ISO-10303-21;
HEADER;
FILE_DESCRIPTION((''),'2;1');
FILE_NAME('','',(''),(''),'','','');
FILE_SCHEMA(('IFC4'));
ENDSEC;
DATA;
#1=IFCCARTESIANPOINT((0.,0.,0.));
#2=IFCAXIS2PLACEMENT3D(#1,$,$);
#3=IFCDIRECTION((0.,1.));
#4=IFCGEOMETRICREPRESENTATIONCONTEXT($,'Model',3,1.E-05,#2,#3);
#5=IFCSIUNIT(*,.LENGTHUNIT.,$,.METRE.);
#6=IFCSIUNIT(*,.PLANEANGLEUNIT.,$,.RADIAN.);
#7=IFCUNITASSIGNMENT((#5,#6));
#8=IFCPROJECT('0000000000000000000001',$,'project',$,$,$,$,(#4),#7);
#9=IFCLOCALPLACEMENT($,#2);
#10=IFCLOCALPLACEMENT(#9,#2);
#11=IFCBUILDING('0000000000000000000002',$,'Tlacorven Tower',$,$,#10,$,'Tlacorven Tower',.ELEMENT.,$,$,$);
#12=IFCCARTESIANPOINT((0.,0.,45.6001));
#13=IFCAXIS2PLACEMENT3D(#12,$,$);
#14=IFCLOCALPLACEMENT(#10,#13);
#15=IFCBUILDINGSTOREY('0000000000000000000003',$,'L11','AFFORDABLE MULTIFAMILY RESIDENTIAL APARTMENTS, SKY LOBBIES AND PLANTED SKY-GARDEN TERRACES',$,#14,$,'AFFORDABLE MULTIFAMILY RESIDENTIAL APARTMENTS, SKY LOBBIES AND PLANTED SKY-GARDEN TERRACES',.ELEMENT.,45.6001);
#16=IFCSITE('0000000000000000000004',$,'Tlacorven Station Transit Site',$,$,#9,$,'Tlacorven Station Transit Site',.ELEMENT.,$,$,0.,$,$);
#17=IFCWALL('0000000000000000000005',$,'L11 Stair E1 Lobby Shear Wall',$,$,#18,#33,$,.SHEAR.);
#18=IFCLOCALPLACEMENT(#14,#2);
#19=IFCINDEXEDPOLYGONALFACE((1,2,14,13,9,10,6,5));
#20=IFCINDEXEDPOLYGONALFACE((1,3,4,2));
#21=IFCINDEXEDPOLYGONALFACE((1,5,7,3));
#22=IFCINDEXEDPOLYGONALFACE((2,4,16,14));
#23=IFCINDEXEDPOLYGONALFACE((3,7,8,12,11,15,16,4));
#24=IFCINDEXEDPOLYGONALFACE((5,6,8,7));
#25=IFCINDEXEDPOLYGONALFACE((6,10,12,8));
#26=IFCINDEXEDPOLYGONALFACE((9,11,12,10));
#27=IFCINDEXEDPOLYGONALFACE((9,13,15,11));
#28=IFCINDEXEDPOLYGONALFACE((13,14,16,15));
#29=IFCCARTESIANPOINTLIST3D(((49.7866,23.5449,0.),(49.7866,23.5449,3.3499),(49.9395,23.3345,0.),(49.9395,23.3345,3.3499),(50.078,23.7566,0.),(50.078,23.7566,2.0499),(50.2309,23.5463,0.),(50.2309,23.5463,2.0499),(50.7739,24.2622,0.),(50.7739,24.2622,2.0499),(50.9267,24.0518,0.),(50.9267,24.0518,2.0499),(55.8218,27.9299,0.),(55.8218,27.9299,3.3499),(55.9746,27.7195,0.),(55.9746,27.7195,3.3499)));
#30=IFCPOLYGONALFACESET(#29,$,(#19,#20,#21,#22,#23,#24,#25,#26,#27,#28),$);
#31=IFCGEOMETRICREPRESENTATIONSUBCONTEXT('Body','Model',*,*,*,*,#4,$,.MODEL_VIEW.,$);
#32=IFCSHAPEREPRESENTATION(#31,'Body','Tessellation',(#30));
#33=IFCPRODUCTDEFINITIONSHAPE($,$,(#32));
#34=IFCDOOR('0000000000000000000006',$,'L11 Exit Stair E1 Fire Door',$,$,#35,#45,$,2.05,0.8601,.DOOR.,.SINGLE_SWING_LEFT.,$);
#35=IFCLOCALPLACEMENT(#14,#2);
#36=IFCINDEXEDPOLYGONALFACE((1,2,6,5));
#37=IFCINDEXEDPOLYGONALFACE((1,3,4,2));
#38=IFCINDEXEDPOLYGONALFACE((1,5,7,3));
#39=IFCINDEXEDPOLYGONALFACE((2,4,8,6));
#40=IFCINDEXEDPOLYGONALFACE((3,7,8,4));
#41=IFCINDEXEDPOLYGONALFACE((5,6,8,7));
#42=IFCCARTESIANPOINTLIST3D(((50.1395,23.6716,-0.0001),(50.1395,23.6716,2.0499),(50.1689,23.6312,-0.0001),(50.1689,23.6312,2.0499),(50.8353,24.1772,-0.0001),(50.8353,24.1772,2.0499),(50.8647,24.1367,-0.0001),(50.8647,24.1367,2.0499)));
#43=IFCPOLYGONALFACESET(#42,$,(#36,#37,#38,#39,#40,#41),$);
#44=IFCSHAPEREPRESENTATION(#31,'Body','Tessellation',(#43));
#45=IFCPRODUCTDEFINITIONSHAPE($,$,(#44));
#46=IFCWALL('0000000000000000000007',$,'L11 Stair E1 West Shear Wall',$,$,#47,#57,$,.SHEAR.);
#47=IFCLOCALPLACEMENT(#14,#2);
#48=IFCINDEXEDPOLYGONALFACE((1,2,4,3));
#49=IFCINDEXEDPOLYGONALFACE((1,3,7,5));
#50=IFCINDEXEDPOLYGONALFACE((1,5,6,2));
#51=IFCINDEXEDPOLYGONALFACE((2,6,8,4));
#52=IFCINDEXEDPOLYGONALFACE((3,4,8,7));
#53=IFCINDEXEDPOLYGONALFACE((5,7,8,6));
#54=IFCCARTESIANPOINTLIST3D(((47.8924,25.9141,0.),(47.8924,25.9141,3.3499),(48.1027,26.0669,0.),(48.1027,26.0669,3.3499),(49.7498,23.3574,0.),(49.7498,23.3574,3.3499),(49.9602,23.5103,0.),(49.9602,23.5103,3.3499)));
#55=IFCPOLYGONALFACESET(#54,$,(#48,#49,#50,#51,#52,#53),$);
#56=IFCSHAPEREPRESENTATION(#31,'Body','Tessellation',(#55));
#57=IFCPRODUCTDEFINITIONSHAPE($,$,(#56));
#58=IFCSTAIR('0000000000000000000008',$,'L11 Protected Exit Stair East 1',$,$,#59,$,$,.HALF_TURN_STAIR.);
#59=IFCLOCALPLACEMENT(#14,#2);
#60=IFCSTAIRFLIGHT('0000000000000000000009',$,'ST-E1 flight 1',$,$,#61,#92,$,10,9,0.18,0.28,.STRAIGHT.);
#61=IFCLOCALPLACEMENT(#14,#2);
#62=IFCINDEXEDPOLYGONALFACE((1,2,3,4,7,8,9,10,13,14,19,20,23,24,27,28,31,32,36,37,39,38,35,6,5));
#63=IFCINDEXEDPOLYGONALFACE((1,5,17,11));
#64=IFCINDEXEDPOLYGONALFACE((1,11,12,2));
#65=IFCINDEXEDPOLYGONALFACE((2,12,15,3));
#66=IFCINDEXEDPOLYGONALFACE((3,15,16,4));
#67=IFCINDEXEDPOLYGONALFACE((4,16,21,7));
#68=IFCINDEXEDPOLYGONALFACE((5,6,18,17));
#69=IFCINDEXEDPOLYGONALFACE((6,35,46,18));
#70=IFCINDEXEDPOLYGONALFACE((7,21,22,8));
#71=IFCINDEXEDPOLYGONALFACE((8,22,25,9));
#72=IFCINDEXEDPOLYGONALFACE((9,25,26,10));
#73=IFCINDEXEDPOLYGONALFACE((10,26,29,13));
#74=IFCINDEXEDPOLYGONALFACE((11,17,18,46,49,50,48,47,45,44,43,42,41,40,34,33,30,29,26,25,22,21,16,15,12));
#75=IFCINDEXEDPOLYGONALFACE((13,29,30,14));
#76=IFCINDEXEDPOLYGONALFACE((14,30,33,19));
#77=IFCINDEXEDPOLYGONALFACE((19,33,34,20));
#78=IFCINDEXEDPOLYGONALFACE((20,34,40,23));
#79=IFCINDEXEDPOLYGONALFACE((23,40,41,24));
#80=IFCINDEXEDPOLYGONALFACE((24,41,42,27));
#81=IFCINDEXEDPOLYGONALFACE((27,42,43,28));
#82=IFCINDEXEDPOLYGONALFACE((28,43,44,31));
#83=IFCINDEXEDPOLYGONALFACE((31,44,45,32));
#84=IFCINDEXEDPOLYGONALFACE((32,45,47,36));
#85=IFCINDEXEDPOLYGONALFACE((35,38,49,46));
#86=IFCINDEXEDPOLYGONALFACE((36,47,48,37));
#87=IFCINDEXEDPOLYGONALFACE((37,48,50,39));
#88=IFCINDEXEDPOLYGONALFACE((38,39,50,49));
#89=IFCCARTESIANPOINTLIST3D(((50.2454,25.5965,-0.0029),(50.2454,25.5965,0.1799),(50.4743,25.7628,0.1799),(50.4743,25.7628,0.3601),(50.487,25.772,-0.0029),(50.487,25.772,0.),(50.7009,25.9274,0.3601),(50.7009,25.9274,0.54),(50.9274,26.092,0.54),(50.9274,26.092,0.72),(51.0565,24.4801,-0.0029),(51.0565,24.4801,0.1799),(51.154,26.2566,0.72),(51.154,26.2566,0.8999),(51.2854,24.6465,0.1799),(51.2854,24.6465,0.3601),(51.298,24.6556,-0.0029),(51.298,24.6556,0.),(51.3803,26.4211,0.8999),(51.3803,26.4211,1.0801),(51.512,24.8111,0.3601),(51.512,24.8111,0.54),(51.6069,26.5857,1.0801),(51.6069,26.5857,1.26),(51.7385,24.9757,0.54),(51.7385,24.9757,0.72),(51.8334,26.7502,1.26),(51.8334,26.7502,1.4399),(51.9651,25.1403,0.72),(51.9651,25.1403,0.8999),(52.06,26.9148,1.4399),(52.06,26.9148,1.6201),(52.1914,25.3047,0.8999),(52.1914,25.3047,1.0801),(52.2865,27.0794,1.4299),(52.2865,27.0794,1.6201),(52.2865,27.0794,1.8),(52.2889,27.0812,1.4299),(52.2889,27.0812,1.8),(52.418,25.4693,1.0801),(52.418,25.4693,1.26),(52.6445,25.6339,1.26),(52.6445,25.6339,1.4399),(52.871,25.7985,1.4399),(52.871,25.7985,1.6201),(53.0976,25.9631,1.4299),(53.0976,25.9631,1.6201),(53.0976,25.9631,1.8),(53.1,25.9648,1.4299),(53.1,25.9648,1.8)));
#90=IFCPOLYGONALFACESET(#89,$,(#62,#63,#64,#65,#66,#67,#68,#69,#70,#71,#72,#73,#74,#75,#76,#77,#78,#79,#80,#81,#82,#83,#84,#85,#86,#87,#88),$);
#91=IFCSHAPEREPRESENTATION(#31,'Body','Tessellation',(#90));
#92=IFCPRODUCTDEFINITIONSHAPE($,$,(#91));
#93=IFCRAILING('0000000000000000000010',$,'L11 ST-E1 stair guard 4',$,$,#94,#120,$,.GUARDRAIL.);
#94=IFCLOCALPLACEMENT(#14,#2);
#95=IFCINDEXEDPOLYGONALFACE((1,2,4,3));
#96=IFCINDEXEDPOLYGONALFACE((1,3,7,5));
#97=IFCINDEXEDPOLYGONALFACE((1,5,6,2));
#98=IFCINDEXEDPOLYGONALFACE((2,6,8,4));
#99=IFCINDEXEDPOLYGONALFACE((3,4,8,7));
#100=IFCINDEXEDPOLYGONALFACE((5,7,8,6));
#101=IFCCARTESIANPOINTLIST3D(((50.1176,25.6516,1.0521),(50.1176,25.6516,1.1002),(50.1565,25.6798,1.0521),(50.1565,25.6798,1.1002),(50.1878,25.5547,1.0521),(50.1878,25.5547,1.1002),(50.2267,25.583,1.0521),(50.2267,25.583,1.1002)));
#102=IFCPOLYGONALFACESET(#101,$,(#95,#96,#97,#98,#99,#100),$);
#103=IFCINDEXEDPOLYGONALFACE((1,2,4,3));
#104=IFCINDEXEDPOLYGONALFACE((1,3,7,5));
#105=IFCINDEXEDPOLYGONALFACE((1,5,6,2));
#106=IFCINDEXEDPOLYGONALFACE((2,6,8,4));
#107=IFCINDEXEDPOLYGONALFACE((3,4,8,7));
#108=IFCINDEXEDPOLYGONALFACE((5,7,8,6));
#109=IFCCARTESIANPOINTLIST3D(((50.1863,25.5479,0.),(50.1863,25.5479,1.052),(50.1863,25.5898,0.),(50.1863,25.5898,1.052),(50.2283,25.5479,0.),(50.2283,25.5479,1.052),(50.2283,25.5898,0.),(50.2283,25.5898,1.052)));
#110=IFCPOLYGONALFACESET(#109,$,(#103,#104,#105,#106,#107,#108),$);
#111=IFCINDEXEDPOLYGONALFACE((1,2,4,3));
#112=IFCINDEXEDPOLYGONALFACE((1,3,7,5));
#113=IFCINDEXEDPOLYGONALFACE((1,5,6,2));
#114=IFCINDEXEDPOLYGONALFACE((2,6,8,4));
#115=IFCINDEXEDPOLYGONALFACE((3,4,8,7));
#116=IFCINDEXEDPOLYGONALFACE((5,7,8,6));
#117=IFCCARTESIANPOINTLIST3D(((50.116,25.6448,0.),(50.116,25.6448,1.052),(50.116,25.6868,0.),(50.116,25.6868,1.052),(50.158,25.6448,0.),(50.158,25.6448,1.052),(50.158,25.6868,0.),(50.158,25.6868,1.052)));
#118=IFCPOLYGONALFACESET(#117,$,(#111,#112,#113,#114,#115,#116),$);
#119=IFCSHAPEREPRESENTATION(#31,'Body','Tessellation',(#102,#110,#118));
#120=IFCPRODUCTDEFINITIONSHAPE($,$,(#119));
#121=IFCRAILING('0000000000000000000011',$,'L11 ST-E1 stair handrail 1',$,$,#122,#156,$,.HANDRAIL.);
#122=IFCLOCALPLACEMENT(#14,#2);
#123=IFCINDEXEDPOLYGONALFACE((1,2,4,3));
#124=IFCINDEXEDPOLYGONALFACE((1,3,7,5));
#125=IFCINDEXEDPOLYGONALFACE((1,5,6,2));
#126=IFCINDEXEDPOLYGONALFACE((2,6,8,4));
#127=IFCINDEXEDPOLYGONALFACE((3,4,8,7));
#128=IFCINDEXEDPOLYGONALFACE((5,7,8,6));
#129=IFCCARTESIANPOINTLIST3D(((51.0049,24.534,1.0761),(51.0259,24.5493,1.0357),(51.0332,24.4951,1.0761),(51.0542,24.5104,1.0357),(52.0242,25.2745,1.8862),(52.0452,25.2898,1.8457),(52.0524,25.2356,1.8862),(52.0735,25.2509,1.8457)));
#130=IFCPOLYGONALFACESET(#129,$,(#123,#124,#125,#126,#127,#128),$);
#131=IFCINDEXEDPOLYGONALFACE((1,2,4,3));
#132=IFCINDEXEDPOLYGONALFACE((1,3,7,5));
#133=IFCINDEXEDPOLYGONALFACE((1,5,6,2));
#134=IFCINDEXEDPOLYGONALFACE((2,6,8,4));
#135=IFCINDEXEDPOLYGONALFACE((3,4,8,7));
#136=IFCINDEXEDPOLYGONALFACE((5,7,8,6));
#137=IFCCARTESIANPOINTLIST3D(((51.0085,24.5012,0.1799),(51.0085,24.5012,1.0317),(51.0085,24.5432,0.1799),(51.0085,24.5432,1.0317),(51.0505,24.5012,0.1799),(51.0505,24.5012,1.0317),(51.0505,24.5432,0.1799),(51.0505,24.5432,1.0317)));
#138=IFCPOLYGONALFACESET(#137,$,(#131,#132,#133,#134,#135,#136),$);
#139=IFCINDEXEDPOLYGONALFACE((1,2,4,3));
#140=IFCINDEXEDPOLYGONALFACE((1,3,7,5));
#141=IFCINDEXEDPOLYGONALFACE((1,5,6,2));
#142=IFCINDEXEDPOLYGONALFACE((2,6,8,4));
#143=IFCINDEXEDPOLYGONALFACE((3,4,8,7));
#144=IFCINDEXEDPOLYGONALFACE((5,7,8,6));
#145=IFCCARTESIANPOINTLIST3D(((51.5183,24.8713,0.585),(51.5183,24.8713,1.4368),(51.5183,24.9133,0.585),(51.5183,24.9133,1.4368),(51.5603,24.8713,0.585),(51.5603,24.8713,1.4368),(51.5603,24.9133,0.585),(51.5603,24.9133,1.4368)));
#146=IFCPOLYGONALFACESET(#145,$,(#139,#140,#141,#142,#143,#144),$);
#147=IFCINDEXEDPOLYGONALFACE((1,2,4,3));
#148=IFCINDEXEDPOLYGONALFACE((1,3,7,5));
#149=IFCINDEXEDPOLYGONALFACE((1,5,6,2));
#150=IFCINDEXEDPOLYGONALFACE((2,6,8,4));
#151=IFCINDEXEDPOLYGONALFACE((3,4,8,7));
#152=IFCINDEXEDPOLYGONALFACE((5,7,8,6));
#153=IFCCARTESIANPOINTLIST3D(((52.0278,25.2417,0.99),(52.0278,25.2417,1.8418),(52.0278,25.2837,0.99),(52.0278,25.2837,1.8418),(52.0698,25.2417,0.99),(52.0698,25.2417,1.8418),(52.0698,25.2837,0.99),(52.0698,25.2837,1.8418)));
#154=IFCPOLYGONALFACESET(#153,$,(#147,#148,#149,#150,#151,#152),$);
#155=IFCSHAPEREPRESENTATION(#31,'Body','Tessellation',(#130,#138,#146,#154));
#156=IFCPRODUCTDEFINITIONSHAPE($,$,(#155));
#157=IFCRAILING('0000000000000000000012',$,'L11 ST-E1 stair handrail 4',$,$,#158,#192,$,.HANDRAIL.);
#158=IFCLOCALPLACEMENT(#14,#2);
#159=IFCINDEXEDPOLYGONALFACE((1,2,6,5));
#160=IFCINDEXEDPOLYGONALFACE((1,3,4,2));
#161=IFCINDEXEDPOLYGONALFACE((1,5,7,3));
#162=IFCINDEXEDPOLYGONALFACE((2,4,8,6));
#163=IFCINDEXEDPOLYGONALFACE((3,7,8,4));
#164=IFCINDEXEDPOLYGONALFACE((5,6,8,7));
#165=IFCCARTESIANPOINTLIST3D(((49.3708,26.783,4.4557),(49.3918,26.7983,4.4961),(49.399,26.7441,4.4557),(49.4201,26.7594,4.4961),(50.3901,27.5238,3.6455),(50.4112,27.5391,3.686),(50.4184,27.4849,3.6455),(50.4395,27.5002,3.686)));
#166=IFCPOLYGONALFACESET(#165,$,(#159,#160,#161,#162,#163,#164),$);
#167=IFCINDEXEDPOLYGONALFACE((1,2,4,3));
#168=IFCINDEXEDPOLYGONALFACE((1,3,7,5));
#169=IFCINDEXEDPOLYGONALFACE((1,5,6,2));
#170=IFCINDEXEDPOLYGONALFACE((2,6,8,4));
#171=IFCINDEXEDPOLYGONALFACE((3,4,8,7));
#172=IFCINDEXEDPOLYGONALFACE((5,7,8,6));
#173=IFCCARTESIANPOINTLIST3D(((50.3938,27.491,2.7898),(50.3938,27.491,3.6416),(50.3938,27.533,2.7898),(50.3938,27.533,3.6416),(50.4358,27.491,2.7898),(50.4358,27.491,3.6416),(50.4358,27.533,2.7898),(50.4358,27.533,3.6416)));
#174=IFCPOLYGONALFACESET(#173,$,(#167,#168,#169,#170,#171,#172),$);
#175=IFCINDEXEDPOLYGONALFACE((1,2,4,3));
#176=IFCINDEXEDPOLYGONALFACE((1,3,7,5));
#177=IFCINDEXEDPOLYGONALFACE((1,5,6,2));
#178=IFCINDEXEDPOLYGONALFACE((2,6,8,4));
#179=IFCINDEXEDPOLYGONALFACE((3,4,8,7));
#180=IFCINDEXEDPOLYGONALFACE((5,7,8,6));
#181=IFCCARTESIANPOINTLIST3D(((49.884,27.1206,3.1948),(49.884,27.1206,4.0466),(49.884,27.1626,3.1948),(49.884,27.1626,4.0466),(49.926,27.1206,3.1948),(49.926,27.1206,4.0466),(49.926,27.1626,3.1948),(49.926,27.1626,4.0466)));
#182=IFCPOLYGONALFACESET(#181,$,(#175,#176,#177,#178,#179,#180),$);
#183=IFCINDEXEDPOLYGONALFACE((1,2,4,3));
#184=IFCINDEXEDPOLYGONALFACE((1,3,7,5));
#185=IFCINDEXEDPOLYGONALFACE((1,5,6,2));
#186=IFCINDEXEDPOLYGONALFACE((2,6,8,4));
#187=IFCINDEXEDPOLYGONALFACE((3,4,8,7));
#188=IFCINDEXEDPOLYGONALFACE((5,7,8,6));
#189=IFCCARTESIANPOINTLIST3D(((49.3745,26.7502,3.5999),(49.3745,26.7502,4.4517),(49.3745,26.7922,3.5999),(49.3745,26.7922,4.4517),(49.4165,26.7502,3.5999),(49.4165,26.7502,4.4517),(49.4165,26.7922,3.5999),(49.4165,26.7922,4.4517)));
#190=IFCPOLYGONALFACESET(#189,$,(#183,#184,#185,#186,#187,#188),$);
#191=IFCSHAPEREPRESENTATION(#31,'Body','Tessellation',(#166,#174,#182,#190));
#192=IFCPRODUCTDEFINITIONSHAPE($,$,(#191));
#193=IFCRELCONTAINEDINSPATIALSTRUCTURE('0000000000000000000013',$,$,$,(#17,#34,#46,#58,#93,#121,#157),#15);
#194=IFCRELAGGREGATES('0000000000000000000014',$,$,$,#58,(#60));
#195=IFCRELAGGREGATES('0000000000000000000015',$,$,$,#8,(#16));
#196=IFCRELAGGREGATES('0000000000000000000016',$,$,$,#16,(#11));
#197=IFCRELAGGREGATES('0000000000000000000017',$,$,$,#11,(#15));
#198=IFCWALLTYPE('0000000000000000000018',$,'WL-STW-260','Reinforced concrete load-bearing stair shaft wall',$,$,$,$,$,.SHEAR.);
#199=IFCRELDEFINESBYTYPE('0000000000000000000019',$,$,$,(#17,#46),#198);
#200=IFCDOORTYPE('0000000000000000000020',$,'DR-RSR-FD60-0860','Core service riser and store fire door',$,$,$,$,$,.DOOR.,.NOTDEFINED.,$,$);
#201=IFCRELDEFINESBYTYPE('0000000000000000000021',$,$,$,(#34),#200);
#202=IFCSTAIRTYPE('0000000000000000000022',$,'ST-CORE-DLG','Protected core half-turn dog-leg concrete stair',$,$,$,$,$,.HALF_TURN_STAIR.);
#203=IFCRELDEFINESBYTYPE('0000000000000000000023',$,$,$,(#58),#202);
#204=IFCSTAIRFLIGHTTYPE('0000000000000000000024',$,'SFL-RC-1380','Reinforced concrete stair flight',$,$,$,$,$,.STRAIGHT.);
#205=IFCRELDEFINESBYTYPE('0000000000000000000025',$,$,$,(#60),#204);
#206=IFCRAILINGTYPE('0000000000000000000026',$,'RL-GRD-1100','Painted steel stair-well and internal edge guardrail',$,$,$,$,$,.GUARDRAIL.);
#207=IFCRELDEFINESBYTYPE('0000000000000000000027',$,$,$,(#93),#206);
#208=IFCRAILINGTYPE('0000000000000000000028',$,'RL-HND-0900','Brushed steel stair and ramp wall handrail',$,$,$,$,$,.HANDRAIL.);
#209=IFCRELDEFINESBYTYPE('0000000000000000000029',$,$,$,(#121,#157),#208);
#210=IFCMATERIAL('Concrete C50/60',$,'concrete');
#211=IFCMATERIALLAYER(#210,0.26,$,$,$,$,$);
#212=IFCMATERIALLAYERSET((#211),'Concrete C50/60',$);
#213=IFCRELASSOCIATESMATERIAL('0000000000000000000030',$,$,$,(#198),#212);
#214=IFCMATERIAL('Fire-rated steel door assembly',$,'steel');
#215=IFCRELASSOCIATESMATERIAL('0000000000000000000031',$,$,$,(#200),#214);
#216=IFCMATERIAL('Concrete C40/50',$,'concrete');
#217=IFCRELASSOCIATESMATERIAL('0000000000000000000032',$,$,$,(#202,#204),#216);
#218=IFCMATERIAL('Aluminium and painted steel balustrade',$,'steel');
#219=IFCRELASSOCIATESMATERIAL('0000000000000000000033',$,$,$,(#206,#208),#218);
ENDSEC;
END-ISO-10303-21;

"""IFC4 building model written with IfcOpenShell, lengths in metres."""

from ifc_helpers import new_model, si_unit, direction, frame, frame_2d, origin, origin_2d, place, context, subcontext, project, spatial, polyline, rectangle, outline, extrude, source, transform, mapped, material, layer, layer_set, type_object, element, fill, aggregate, save


model = new_model("IFC4")

# Units and contexts
model_context = context("Model", 3, precision=1e-05, world=origin(), true_north=direction((0.0, 1.0)))
body_context = subcontext(model_context, "Body", "Model", "MODEL_VIEW")
ifc_project = project(units=[si_unit("LENGTHUNIT", "METRE"), si_unit("PLANEANGLEUNIT", "RADIAN")], contexts=[model_context])

# Site, building, storey
site_placement = place(None, origin())
site = spatial("IfcSite", under=ifc_project, at=site_placement, Name="Tlacorven Station Transit Site", LongName="Tlacorven Station Transit Site", CompositionType="ELEMENT", RefElevation=0.0)
building_placement = place(site_placement, origin())
building = spatial("IfcBuilding", under=site, at=building_placement, Name="Tlacorven Tower", LongName="Tlacorven Tower", CompositionType="ELEMENT")
storey_placement = place(building_placement, frame((0.0, 0.0, 45.6001)))
storey = spatial("IfcBuildingStorey", under=building, at=storey_placement, Name="L11", Description="AFFORDABLE MULTIFAMILY RESIDENTIAL APARTMENTS, SKY LOBBIES AND PLANTED SKY-GARDEN TERRACES", LongName="AFFORDABLE MULTIFAMILY RESIDENTIAL APARTMENTS, SKY LOBBIES AND PLANTED SKY-GARDEN TERRACES", CompositionType="ELEMENT", Elevation=45.6001)

# Shared definitions
ifc_material_1 = material(Name="Concrete C40/50", Category="concrete")
ifc_material_2 = material(Name="Fire-rated steel door assembly", Category="steel")

# Shared definitions
ifc_material_3 = material(Name="Concrete C50/60", Category="concrete")
ifc_layer_1 = layer(ifc_material_3, 0.26)
ifc_layer_set_1 = layer_set([ifc_layer_1], Name="Concrete C50/60")
wall_type_1 = type_object("IfcWallType", Name="WL-STW-260", Description="Reinforced concrete load-bearing stair shaft wall", PredefinedType="SHEAR", material=ifc_layer_set_1)

# Wall, opening, door
wall_1_placement = place(storey_placement, frame((49.863, 23.4397, 0.0), z_axis=(0.0, 0.0, 1.0), x_axis=(0.809003, 0.587804, 0.0)))
wall_1 = element("IfcWall", 1, at=wall_1_placement, inside=storey, type_object=wall_type_1, Name="L11 Stair E1 Lobby Shear Wall", PredefinedType="SHEAR", context=body_context, shape_type="SweptSolid", body=[
    extrude(rectangle(XDim=7.46, YDim=0.26, at=frame_2d((3.73, 0.0))), origin(), (0.0, 0.0, 1.0), 3.3499),
])
opening_1_placement = place(wall_1_placement, frame((0.3601, 0.0, 0.0)))
opening_1 = element("IfcOpeningElement", 2, at=opening_1_placement, cuts=wall_1, PredefinedType="OPENING", context=body_context, shape_type="SweptSolid", body=[
    extrude(rectangle(XDim=0.8601, YDim=2.05, at=frame_2d((0.4302, 1.0249))), frame((0.0, 0.1401, 0.0), z_axis=(0.0, -1.0, 0.0), x_axis=(1.0, 0.0, 0.0)), (0.0, 0.0, 1.0), 0.28),
])
door_type_1 = type_object("IfcDoorType", Name="DR-RSR-FD60-0860", Description="Core service riser and store fire door", OperationType="NOTDEFINED", PredefinedType="DOOR", material=ifc_material_2)
shared_shape_1 = source(origin(), body_context, "Body", "SweptSolid", [
    extrude(rectangle(XDim=0.8601, YDim=2.05, at=frame_2d((0.4302, 1.0249))), frame((0.0, 0.0249, 0.0), z_axis=(0.0, -1.0, 0.0), x_axis=(1.0, 0.0, 0.0)), (0.0, 0.0, 1.0), 0.05),
])
door_1_placement = place(opening_1_placement, frame((0.8601, 0.0, 0.0), z_axis=(0.0, 0.0, 1.0), x_axis=(-1.0, 0.0, 0.0)))
door_1 = element("IfcDoor", 3, at=door_1_placement, inside=storey, type_object=door_type_1, Name="L11 Exit Stair E1 Fire Door", OperationType="SINGLE_SWING_LEFT", OverallHeight=2.05, OverallWidth=0.8601, PredefinedType="DOOR", context=body_context, shape_type="MappedRepresentation", body=[
    mapped(shared_shape_1, transform((0.0, 0.0, 0.0), scale=1.0)),
])
fill(opening_1, door_1)

# Wall
wall_2_placement = place(storey_placement, frame((49.855, 23.4338, 0.0), z_axis=(0.0, 0.0, 1.0), x_axis=(-0.587767, 0.80903, 0.0)))
element("IfcWall", 4, at=wall_2_placement, inside=storey, type_object=wall_type_1, Name="L11 Stair E1 West Shear Wall", PredefinedType="SHEAR", context=body_context, shape_type="SweptSolid", body=[
    extrude(rectangle(XDim=3.1602, YDim=0.26, at=frame_2d((1.5801, 0.0))), origin(), (0.0, 0.0, 1.0), 3.3499),
])

# Stair, stair flight
stair_type = type_object("IfcStairType", Name="ST-CORE-DLG", Description="Protected core half-turn dog-leg concrete stair", PredefinedType="HALF_TURN_STAIR", material=ifc_material_1)
stair_placement = place(storey_placement, origin())
stair = element("IfcStair", 5, at=stair_placement, inside=storey, type_object=stair_type, Name="L11 Protected Exit Stair East 1", PredefinedType="HALF_TURN_STAIR")
stair_flight_type = type_object("IfcStairFlightType", Name="SFL-RC-1380", Description="Reinforced concrete stair flight", PredefinedType="STRAIGHT", material=ifc_material_1)
shared_shape_2 = source(origin(), body_context, "Body", "SweptSolid", [
    extrude(outline(polyline([(-0.0029, -0.0029), (-0.0029, 0.1799), (0.28, 0.1799), (0.28, 0.3601), (0.5601, 0.3601), (0.5601, 0.54), (0.8401, 0.54), (0.8401, 0.72), (1.1201, 0.72), (1.1201, 0.8999), (1.3999, 0.8999), (1.3999, 1.0801), (1.6799, 1.0801), (1.6799, 1.26), (1.96, 1.26), (1.96, 1.4399), (2.24, 1.4399), (2.24, 1.6201), (2.52, 1.6201), (2.52, 1.8), (2.5229, 1.8), (2.5229, 1.4299), (2.52, 1.4299), (0.2957, 0.0), (0.2957, -0.0029), (-0.0029, -0.0029)])), frame((0.0, 0.6899, 0.0), z_axis=(0.0, -1.0, 0.0), x_axis=(1.0, 0.0, 0.0)), (0.0, 0.0, 1.0), 1.3799),
])
stair_flight_placement = place(storey_placement, frame((50.6533, 25.04, 0.0), z_axis=(0.0, 0.0, 1.0), x_axis=(0.809017, 0.587785, 0.0)))
stair_flight = element("IfcStairFlight", 6, at=stair_flight_placement, type_object=stair_flight_type, Name="ST-E1 flight 1", NumberOfRisers=10, NumberOfTreads=9, PredefinedType="STRAIGHT", RiserHeight=0.18, TreadLength=0.28, context=body_context, shape_type="MappedRepresentation", body=[
    mapped(shared_shape_2, transform((0.0, 0.0, 0.0), scale=1.0)),
])
aggregate(stair, [stair_flight])

# Railings
ifc_material_4 = material(Name="Aluminium and painted steel balustrade", Category="steel")
railing_type_1 = type_object("IfcRailingType", Name="RL-GRD-1100", Description="Painted steel stair-well and internal edge guardrail", PredefinedType="GUARDRAIL", material=ifc_material_4)
shared_shape_3 = source(origin(), body_context, "Body", "SweptSolid", [
    extrude(rectangle(XDim=0.0481, YDim=0.0481, at=origin_2d()), frame((0.0, 0.0, 1.0762), z_axis=(-0.587201, 0.809441, 0.0), x_axis=(-0.809441, -0.587201, 0.0)), (0.0, 0.0, 1.0), 0.1196),
    extrude(rectangle(XDim=0.042, YDim=0.042, at=origin_2d()), origin(), (0.0, 0.0, 1.0), 1.052),
    extrude(rectangle(XDim=0.042, YDim=0.042, at=origin_2d()), frame((-0.0703, 0.0969, 0.0)), (0.0, 0.0, 1.0), 1.052),
])
railing_1_placement = place(storey_placement, frame((50.2073, 25.5688, 0.0)))
element("IfcRailing", 7, at=railing_1_placement, inside=storey, type_object=railing_type_1, Name="L11 ST-E1 stair guard 4", PredefinedType="GUARDRAIL", context=body_context, shape_type="MappedRepresentation", body=[
    mapped(shared_shape_3, transform((0.0, 0.0, 0.0), scale=1.0)),
])
railing_type_2 = type_object("IfcRailingType", Name="RL-HND-0900", Description="Brushed steel stair and ramp wall handrail", PredefinedType="HANDRAIL", material=ifc_material_4)
shared_shape_4 = source(origin(), body_context, "Body", "SweptSolid", [
    extrude(rectangle(XDim=0.0481, YDim=0.0481, at=origin_2d()), frame((0.0, 0.0, 0.876), z_axis=(0.680516, 0.494373, 0.540827), x_axis=(-0.587745, 0.809046, 0.0)), (0.0, 0.0, 1.0), 1.4978),
    extrude(rectangle(XDim=0.042, YDim=0.042, at=origin_2d()), origin(), (0.0, 0.0, 1.0), 0.8518),
    extrude(rectangle(XDim=0.042, YDim=0.042, at=origin_2d()), frame((0.5098, 0.3701, 0.405)), (0.0, 0.0, 1.0), 0.8518),
    extrude(rectangle(XDim=0.042, YDim=0.042, at=origin_2d()), frame((1.0193, 0.7405, 0.8101)), (0.0, 0.0, 1.0), 0.8518),
])
railing_2_placement = place(storey_placement, frame((51.0295, 24.5222, 0.1799)))
element("IfcRailing", 8, at=railing_2_placement, inside=storey, type_object=railing_type_2, Name="L11 ST-E1 stair handrail 1", PredefinedType="HANDRAIL", context=body_context, shape_type="MappedRepresentation", body=[
    mapped(shared_shape_4, transform((0.0, 0.0, 0.0), scale=1.0)),
])
shared_shape_5 = source(origin(), body_context, "Body", "SweptSolid", [
    extrude(rectangle(XDim=0.0481, YDim=0.0481, at=origin_2d()), frame((0.0, 0.0, 0.876), z_axis=(-0.680461, -0.494496, 0.540783), x_axis=(0.587872, -0.808954, 0.0)), (0.0, 0.0, 1.0), 1.498),
    extrude(rectangle(XDim=0.042, YDim=0.042, at=origin_2d()), origin(), (0.0, 0.0, 1.0), 0.8518),
    extrude(rectangle(XDim=0.042, YDim=0.042, at=origin_2d()), frame((-0.5098, -0.3704, 0.405)), (0.0, 0.0, 1.0), 0.8518),
    extrude(rectangle(XDim=0.042, YDim=0.042, at=origin_2d()), frame((-1.0193, -0.7407, 0.8101)), (0.0, 0.0, 1.0), 0.8518),
])
railing_3_placement = place(storey_placement, frame((50.4148, 27.512, 2.7898)))
element("IfcRailing", 9, at=railing_3_placement, inside=storey, type_object=railing_type_2, Name="L11 ST-E1 stair handrail 4", PredefinedType="HANDRAIL", context=body_context, shape_type="MappedRepresentation", body=[
    mapped(shared_shape_5, transform((0.0, 0.0, 0.0), scale=1.0)),
])

save(model, "model.ifc")
